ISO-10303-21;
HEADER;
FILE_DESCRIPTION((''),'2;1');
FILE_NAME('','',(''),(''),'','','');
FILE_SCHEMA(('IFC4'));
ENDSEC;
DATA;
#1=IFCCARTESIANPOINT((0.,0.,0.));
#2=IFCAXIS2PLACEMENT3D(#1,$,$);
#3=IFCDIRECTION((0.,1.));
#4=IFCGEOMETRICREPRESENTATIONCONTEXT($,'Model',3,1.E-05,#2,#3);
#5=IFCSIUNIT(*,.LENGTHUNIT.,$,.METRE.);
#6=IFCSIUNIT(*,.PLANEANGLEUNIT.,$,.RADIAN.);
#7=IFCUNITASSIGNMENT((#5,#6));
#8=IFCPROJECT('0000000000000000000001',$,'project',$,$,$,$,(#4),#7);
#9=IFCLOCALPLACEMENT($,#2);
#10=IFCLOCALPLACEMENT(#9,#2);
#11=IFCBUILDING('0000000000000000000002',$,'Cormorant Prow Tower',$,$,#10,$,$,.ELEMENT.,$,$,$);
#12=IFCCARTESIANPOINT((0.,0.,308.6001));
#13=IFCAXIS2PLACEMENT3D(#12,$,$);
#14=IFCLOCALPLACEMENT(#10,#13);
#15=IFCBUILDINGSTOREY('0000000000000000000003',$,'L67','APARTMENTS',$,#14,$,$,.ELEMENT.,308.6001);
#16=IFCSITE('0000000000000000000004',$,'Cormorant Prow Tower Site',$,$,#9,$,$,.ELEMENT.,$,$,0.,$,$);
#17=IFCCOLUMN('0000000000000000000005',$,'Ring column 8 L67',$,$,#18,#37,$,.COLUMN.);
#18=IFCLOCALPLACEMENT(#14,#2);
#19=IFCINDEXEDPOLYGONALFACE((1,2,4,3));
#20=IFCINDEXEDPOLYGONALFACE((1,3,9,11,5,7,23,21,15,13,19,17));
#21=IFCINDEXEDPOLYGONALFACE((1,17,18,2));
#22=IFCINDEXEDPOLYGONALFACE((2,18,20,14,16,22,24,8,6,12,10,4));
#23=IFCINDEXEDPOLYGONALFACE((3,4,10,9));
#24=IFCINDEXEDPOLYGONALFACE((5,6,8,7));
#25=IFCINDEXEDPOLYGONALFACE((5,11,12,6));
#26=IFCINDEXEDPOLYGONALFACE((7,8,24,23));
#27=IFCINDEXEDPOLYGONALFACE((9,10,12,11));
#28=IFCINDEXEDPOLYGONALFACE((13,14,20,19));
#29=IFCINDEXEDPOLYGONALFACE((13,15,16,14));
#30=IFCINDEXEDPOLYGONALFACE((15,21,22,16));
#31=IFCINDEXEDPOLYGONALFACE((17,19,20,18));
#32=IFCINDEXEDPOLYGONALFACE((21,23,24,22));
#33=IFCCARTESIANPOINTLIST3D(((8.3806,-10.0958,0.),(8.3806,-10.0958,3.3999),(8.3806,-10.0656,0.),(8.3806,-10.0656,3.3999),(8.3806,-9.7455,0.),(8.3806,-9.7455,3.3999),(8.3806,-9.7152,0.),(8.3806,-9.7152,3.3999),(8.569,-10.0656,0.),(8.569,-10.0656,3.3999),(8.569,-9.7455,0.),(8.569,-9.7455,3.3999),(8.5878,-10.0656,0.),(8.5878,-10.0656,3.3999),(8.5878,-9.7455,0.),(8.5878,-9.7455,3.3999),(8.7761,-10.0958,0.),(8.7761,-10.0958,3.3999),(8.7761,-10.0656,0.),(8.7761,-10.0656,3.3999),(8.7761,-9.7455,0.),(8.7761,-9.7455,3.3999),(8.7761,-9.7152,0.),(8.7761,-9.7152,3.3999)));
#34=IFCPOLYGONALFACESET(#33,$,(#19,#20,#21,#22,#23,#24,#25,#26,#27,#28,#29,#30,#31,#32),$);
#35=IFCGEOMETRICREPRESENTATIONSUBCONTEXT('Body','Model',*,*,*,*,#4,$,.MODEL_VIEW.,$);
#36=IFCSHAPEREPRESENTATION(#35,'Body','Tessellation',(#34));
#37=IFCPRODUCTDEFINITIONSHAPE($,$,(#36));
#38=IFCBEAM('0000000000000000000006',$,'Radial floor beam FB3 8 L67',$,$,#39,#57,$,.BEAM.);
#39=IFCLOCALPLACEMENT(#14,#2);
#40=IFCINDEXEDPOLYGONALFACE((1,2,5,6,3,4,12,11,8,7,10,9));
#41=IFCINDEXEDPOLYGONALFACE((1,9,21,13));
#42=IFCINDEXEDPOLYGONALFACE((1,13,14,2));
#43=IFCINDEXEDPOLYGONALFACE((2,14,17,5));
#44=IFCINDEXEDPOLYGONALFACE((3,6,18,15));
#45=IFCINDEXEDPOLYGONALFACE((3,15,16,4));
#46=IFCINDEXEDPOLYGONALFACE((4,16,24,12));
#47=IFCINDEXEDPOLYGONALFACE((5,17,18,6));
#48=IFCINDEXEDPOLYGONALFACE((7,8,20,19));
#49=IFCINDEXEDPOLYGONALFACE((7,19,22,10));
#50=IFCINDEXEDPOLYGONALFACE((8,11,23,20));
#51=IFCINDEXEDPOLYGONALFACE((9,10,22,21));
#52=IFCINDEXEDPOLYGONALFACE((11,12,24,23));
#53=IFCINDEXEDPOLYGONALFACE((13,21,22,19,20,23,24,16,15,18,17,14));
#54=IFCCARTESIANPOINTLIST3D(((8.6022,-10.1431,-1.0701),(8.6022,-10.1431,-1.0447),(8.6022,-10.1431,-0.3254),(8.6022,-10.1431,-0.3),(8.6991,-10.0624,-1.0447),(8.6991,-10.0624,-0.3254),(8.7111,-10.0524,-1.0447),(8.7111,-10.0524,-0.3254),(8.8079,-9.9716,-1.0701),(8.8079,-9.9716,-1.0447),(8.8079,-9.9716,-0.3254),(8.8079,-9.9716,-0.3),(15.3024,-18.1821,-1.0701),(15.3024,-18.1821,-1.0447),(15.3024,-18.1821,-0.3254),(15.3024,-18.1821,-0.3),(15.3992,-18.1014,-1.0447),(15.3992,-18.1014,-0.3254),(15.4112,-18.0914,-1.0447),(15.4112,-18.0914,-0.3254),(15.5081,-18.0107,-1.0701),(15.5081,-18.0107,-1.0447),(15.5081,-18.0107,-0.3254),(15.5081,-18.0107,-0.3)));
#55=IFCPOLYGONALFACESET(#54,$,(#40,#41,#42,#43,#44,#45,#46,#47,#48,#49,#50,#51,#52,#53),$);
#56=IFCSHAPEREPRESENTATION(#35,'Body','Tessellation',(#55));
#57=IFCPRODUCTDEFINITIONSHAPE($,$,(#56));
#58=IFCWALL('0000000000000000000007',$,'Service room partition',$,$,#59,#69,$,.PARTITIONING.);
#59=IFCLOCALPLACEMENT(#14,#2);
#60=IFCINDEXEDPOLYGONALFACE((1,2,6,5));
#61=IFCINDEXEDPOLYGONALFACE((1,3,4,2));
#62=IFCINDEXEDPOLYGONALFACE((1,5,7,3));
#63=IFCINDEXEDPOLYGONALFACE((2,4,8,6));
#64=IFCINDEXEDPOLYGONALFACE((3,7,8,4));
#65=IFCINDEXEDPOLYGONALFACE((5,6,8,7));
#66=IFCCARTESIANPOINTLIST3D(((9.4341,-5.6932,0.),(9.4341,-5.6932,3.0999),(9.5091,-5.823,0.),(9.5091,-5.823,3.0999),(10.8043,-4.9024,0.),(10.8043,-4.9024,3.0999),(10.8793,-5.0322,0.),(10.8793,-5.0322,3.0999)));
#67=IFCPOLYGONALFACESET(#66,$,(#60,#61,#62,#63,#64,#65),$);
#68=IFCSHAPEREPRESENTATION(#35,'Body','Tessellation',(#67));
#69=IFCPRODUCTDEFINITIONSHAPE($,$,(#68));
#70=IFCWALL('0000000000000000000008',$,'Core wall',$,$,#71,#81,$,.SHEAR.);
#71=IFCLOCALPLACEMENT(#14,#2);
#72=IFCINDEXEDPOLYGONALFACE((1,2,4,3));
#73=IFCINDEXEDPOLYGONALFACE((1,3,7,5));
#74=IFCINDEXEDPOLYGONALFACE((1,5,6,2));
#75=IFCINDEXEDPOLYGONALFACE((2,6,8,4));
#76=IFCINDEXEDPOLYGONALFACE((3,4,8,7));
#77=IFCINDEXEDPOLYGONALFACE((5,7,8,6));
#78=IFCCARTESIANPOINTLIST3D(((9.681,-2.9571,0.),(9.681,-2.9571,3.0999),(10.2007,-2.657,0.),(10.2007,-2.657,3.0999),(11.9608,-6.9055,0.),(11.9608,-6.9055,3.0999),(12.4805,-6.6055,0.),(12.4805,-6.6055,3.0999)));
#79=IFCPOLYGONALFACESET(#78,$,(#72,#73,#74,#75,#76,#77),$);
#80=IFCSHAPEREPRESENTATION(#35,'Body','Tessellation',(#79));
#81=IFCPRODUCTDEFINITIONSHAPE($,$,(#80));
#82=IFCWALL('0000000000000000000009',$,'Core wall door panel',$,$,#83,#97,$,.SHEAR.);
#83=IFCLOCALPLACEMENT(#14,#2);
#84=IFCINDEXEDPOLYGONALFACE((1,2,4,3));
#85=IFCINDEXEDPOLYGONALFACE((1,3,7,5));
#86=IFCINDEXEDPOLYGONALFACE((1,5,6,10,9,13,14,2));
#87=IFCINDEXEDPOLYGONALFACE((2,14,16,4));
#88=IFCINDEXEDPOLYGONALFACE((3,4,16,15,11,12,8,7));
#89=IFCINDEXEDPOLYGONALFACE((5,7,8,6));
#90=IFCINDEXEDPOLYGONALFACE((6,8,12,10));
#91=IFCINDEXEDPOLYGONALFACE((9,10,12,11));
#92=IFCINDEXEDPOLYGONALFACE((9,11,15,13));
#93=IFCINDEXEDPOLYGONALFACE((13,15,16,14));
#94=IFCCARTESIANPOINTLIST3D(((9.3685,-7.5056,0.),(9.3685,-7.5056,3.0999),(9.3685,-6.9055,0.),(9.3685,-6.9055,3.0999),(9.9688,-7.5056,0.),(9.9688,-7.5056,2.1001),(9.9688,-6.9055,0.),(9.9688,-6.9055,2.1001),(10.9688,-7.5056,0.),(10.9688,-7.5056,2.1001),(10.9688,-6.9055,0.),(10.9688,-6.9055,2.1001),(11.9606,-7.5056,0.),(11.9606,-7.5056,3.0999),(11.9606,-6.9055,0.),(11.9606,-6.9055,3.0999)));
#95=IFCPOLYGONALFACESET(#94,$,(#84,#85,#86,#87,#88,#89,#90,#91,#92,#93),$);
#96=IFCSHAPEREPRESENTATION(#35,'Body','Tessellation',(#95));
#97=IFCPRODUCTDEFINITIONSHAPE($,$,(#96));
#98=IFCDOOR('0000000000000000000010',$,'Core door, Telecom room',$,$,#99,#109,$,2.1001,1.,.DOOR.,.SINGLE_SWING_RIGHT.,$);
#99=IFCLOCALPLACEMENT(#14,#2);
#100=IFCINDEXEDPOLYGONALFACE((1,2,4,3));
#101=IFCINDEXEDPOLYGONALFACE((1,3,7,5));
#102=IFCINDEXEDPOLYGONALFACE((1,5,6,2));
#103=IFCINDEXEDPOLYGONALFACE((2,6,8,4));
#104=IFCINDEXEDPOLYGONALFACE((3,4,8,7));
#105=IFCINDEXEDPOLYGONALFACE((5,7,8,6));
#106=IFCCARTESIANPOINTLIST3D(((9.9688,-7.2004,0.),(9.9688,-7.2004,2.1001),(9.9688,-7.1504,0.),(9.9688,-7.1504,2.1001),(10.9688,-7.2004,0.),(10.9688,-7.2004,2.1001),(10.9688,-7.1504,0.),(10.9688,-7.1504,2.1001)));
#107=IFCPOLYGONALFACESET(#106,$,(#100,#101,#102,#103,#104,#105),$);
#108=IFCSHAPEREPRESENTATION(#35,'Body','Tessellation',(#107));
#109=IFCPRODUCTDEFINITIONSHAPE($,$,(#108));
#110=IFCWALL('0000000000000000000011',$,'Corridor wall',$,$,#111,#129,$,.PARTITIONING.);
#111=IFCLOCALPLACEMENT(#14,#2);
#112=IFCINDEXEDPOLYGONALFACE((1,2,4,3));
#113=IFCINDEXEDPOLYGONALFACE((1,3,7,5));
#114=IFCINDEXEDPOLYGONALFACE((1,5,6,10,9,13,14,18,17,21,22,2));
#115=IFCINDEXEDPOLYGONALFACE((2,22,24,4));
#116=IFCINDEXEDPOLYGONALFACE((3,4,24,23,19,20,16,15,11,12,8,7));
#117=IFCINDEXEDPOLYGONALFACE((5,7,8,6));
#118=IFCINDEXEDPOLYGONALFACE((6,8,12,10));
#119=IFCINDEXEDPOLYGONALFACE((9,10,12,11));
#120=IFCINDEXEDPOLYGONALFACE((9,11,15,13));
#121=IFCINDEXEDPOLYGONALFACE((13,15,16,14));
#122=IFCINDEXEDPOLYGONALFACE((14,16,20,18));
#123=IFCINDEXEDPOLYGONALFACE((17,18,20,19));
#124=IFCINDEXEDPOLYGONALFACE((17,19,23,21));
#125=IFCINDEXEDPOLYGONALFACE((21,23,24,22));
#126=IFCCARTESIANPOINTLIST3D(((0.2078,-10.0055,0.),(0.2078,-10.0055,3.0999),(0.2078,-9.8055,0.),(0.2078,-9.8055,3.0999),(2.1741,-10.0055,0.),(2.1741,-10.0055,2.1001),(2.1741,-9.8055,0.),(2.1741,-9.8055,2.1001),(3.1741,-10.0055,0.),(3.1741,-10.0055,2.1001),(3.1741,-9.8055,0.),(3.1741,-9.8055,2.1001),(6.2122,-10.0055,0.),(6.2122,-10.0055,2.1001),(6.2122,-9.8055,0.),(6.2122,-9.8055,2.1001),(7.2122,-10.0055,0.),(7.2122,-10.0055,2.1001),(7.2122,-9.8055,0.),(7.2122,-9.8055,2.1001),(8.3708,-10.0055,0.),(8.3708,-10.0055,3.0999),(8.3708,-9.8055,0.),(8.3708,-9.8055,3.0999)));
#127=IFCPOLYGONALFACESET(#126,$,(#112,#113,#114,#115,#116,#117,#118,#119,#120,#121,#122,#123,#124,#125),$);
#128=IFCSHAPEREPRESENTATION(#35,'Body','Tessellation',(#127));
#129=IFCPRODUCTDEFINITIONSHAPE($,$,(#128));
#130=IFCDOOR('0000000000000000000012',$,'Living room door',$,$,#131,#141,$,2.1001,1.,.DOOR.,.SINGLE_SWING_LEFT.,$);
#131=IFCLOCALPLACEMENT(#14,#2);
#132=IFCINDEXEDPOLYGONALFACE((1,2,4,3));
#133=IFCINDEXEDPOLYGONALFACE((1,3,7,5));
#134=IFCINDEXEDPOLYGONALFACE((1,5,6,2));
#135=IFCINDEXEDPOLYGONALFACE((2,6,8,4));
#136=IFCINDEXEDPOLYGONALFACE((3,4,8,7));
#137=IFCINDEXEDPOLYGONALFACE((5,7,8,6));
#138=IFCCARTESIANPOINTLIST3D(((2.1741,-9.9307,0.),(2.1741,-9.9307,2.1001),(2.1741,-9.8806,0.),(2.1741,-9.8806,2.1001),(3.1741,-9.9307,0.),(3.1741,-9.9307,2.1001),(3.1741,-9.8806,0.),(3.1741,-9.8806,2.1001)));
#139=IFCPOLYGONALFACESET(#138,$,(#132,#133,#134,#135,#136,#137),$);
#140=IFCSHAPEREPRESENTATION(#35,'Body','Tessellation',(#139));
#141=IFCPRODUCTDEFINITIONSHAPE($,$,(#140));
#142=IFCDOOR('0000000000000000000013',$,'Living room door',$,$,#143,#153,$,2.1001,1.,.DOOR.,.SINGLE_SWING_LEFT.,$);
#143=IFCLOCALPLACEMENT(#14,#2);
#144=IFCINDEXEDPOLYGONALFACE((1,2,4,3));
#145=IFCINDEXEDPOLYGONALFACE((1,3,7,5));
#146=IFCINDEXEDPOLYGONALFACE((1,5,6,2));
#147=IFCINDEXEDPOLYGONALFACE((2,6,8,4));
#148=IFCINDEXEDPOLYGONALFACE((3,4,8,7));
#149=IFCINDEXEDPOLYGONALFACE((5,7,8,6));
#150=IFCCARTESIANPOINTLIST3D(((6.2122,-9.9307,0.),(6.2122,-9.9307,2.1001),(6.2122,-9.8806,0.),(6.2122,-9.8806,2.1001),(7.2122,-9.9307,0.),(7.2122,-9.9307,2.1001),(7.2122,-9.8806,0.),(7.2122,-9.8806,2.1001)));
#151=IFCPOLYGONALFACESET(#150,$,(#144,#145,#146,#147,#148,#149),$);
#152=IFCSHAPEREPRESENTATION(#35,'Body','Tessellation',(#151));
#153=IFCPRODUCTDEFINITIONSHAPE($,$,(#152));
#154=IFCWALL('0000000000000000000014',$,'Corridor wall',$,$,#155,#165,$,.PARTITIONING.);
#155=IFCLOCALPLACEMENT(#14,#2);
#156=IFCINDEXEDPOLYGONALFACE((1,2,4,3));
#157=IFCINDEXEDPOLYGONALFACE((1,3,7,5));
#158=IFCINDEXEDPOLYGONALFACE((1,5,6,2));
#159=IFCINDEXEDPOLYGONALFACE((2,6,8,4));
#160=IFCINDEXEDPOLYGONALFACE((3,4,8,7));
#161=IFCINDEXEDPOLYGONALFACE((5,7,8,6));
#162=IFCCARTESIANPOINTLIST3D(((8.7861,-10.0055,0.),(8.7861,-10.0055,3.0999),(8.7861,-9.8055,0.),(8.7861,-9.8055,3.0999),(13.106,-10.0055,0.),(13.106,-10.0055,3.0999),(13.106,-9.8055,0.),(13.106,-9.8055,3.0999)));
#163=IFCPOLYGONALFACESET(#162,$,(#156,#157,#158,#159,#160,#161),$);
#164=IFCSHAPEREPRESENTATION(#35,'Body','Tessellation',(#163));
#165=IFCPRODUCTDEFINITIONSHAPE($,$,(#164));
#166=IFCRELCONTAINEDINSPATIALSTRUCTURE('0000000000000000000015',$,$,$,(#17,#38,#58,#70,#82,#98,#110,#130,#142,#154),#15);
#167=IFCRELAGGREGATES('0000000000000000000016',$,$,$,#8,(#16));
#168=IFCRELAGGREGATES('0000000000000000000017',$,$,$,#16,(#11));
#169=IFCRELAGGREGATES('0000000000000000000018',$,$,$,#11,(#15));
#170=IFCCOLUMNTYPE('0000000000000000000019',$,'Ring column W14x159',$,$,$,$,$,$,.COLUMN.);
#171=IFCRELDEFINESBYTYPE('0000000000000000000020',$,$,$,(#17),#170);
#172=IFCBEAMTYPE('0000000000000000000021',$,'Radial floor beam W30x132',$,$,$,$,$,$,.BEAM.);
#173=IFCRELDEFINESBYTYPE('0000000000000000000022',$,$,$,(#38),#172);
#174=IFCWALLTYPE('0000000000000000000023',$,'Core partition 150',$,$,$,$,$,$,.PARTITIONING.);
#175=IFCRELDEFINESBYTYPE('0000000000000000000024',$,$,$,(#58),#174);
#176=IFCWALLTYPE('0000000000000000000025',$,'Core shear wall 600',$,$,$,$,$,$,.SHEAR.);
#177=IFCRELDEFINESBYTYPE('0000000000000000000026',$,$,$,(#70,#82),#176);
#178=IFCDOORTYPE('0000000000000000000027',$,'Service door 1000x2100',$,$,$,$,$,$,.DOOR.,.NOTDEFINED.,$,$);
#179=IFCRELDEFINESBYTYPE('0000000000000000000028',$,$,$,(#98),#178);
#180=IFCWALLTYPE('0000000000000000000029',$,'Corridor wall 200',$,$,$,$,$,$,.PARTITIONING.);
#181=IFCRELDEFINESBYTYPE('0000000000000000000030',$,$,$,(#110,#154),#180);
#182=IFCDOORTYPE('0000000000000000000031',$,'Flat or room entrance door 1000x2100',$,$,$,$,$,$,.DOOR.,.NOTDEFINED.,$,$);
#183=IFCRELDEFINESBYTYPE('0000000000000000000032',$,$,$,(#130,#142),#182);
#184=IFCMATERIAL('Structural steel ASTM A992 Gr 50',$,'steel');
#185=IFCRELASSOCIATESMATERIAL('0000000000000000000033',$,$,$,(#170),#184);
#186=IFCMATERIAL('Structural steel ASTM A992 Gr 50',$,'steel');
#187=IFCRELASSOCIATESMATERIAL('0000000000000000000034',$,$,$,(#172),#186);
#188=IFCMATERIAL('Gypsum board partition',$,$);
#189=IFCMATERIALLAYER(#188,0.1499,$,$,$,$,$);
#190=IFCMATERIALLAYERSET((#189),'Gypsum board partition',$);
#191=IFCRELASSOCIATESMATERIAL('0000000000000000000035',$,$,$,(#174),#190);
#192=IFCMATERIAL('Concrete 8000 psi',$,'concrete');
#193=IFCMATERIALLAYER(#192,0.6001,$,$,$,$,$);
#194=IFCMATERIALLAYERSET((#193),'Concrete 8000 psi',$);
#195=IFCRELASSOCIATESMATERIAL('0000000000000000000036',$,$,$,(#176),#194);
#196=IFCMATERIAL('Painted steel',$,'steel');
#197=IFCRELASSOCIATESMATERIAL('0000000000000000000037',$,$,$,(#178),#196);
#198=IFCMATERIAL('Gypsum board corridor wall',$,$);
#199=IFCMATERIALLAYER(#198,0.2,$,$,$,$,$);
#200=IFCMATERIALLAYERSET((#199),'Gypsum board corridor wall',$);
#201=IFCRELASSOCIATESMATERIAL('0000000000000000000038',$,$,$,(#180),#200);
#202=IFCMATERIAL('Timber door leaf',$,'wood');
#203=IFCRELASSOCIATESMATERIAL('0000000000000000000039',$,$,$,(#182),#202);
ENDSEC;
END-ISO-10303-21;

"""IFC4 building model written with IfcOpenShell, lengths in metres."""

from ifc_helpers import new_model, si_unit, direction, frame, frame_2d, origin, origin_2d, place, context, subcontext, project, spatial, rectangle, i_section, extrude, material, layer, layer_set, material_profile, profile_set, type_object, element, fill, save


model = new_model("IFC4")

# Units and contexts
model_context = context("Model", 3, precision=1e-05, world=origin(), true_north=direction((0.0, 1.0)))
body_context = subcontext(model_context, "Body", "Model", "MODEL_VIEW")
ifc_project = project(units=[si_unit("LENGTHUNIT", "METRE"), si_unit("PLANEANGLEUNIT", "RADIAN")], contexts=[model_context])

# Site, building, storey
site_placement = place(None, origin())
site = spatial("IfcSite", under=ifc_project, at=site_placement, Name="Cormorant Prow Tower Site", CompositionType="ELEMENT", RefElevation=0.0)
building_placement = place(site_placement, origin())
building = spatial("IfcBuilding", under=site, at=building_placement, Name="Cormorant Prow Tower", CompositionType="ELEMENT")
storey_placement = place(building_placement, frame((0.0, 0.0, 308.6001)))
storey = spatial("IfcBuildingStorey", under=building, at=storey_placement, Name="L67", Description="APARTMENTS", CompositionType="ELEMENT", Elevation=308.6001)

# Column
ifc_material_1 = material(Name="Structural steel ASTM A992 Gr 50", Category="steel")
ifc_material_profile_1 = material_profile(ifc_material_1, i_section(OverallWidth=0.3955, OverallDepth=0.3806, WebThickness=0.0188, FlangeThickness=0.0303, at=origin_2d()), Name="W14x159")
ifc_profile_set_1 = profile_set([ifc_material_profile_1], Name="Structural steel ASTM A992 Gr 50")
column_type = type_object("IfcColumnType", Name="Ring column W14x159", PredefinedType="COLUMN", material=ifc_profile_set_1)
column_placement = place(storey_placement, frame((8.5784, -9.9055, 0.0), z_axis=(0.0, 0.0, 1.0), x_axis=(1.0, 0.0, 0.0)))
element("IfcColumn", 1, at=column_placement, inside=storey, type_object=column_type, Name="Ring column 8 L67", PredefinedType="COLUMN", context=body_context, shape_type="SweptSolid", body=[
    extrude(i_section(OverallWidth=0.3955, OverallDepth=0.3806, WebThickness=0.0188, FlangeThickness=0.0303, at=origin_2d()), origin(), (0.0, 0.0, 1.0), 3.3999),
])

# Beam
ifc_material_2 = material(Name="Structural steel ASTM A992 Gr 50", Category="steel")
ifc_material_profile_2 = material_profile(ifc_material_2, i_section(OverallWidth=0.2678, OverallDepth=0.77, WebThickness=0.0156, FlangeThickness=0.0254, at=origin_2d()), Name="W30x132")
ifc_profile_set_2 = profile_set([ifc_material_profile_2], Name="Structural steel ASTM A992 Gr 50")
beam_type = type_object("IfcBeamType", Name="Radial floor beam W30x132", PredefinedType="BEAM", material=ifc_profile_set_2)
beam_placement = place(storey_placement, frame((8.7051, -10.0574, -0.6851), z_axis=(0.640239, -0.768175, 0.0), x_axis=(0.768175, 0.640239, 0.0)))
element("IfcBeam", 2, at=beam_placement, inside=storey, type_object=beam_type, Name="Radial floor beam FB3 8 L67", PredefinedType="BEAM", context=body_context, shape_type="SweptSolid", body=[
    extrude(i_section(OverallWidth=0.2678, OverallDepth=0.77, WebThickness=0.0156, FlangeThickness=0.0254, at=origin_2d()), origin(), (0.0, 0.0, 1.0), 10.4651),
])

# Walls
ifc_material_3 = material(Name="Gypsum board partition")
ifc_layer_1 = layer(ifc_material_3, 0.1499)
ifc_layer_set_1 = layer_set([ifc_layer_1], Name="Gypsum board partition")
wall_type_1 = type_object("IfcWallType", Name="Core partition 150", PredefinedType="PARTITIONING", material=ifc_layer_set_1)
wall_1_placement = place(storey_placement, frame((10.8418, -4.9673, 0.0), z_axis=(0.0, 0.0, 1.0), x_axis=(-0.866098, -0.499874, 0.0)))
element("IfcWall", 3, at=wall_1_placement, inside=storey, type_object=wall_type_1, Name="Service room partition", PredefinedType="PARTITIONING", context=body_context, shape_type="SweptSolid", body=[
    extrude(rectangle(XDim=1.582, YDim=0.1499, at=frame_2d((0.791, 0.0))), origin(), (0.0, 0.0, 1.0), 3.0999),
])
ifc_material_4 = material(Name="Concrete 8000 psi", Category="concrete")
ifc_layer_2 = layer(ifc_material_4, 0.6001)
ifc_layer_set_2 = layer_set([ifc_layer_2], Name="Concrete 8000 psi")
wall_type_2 = type_object("IfcWallType", Name="Core shear wall 600", PredefinedType="SHEAR", material=ifc_layer_set_2)
wall_2_placement = place(storey_placement, frame((12.2207, -6.7556, 0.0), z_axis=(0.0, 0.0, 1.0), x_axis=(-0.500021, 0.866013, 0.0)))
element("IfcWall", 4, at=wall_2_placement, inside=storey, type_object=wall_type_2, Name="Core wall", PredefinedType="SHEAR", context=body_context, shape_type="SweptSolid", body=[
    extrude(rectangle(XDim=4.5593, YDim=0.6001, at=frame_2d((2.2798, 0.0))), origin(), (0.0, 0.0, 1.0), 3.0999),
])

# Wall, opening, door
wall_3_placement = place(storey_placement, frame((9.3687, -7.2056, 0.0), z_axis=(0.0, 0.0, 1.0), x_axis=(1.0, 0.0, 0.0)))
wall_3 = element("IfcWall", 5, at=wall_3_placement, inside=storey, type_object=wall_type_2, Name="Core wall door panel", PredefinedType="SHEAR", context=body_context, shape_type="SweptSolid", body=[
    extrude(rectangle(XDim=2.592, YDim=0.6001, at=frame_2d((1.2959, 0.0))), origin(), (0.0, 0.0, 1.0), 3.0999),
])
opening_1_placement = place(wall_3_placement, frame((0.6001, 0.0, 0.0)))
opening_1 = element("IfcOpeningElement", 6, at=opening_1_placement, cuts=wall_3, PredefinedType="OPENING", context=body_context, shape_type="SweptSolid", body=[
    extrude(rectangle(XDim=1.0, YDim=2.1001, at=frame_2d((0.5, 1.05))), frame((0.0, 0.3101, 0.0), z_axis=(0.0, -1.0, 0.0), x_axis=(1.0, 0.0, 0.0)), (0.0, 0.0, 1.0), 0.6201),
])
ifc_material_5 = material(Name="Painted steel", Category="steel")
door_type_1 = type_object("IfcDoorType", Name="Service door 1000x2100", OperationType="NOTDEFINED", PredefinedType="DOOR", material=ifc_material_5)
door_1_placement = place(opening_1_placement, origin())
door_1 = element("IfcDoor", 7, at=door_1_placement, inside=storey, type_object=door_type_1, Name="Core door, Telecom room", OperationType="SINGLE_SWING_RIGHT", OverallHeight=2.1001, OverallWidth=1.0, PredefinedType="DOOR", context=body_context, shape_type="SweptSolid", body=[
    extrude(rectangle(XDim=1.0, YDim=2.1001, at=frame_2d((0.5, 1.05))), frame((0.0, 0.0552, 0.0), z_axis=(0.0, -1.0, 0.0), x_axis=(1.0, 0.0, 0.0)), (0.0, 0.0, 1.0), 0.05),
])
fill(opening_1, door_1)

# Wall, openings, doors
ifc_material_6 = material(Name="Gypsum board corridor wall")
ifc_layer_3 = layer(ifc_material_6, 0.2)
ifc_layer_set_3 = layer_set([ifc_layer_3], Name="Gypsum board corridor wall")
wall_type_3 = type_object("IfcWallType", Name="Corridor wall 200", PredefinedType="PARTITIONING", material=ifc_layer_set_3)
wall_4_placement = place(storey_placement, frame((0.2078, -9.9055, 0.0), z_axis=(0.0, 0.0, 1.0), x_axis=(1.0, 0.0, 0.0)))
wall_4 = element("IfcWall", 8, at=wall_4_placement, inside=storey, type_object=wall_type_3, Name="Corridor wall", PredefinedType="PARTITIONING", context=body_context, shape_type="SweptSolid", body=[
    extrude(rectangle(XDim=8.1631, YDim=0.2, at=frame_2d((4.0815, 0.0))), origin(), (0.0, 0.0, 1.0), 3.0999),
])
opening_2_placement = place(wall_4_placement, frame((1.9663, 0.0, 0.0)))
opening_2 = element("IfcOpeningElement", 9, at=opening_2_placement, cuts=wall_4, PredefinedType="OPENING", context=body_context, shape_type="SweptSolid", body=[
    extrude(rectangle(XDim=1.0, YDim=2.1001, at=frame_2d((0.5, 1.05))), frame((0.0, 0.1099, 0.0), z_axis=(0.0, -1.0, 0.0), x_axis=(1.0, 0.0, 0.0)), (0.0, 0.0, 1.0), 0.22),
])
opening_3_placement = place(wall_4_placement, frame((6.0044, 0.0, 0.0)))
opening_3 = element("IfcOpeningElement", 10, at=opening_3_placement, cuts=wall_4, PredefinedType="OPENING", context=body_context, shape_type="SweptSolid", body=[
    extrude(rectangle(XDim=1.0, YDim=2.1001, at=frame_2d((0.5, 1.05))), frame((0.0, 0.1099, 0.0), z_axis=(0.0, -1.0, 0.0), x_axis=(1.0, 0.0, 0.0)), (0.0, 0.0, 1.0), 0.22),
])
ifc_material_7 = material(Name="Timber door leaf", Category="wood")
door_type_2 = type_object("IfcDoorType", Name="Flat or room entrance door 1000x2100", OperationType="NOTDEFINED", PredefinedType="DOOR", material=ifc_material_7)
door_2_placement = place(opening_2_placement, origin())
door_2 = element("IfcDoor", 11, at=door_2_placement, inside=storey, type_object=door_type_2, Name="Living room door", OperationType="SINGLE_SWING_LEFT", OverallHeight=2.1001, OverallWidth=1.0, PredefinedType="DOOR", context=body_context, shape_type="SweptSolid", body=[
    extrude(rectangle(XDim=1.0, YDim=2.1001, at=frame_2d((0.5, 1.05))), frame((0.0, 0.0249, 0.0), z_axis=(0.0, -1.0, 0.0), x_axis=(1.0, 0.0, 0.0)), (0.0, 0.0, 1.0), 0.05),
])
fill(opening_2, door_2)
door_3_placement = place(opening_3_placement, origin())
door_3 = element("IfcDoor", 12, at=door_3_placement, inside=storey, type_object=door_type_2, Name="Living room door", OperationType="SINGLE_SWING_LEFT", OverallHeight=2.1001, OverallWidth=1.0, PredefinedType="DOOR", context=body_context, shape_type="SweptSolid", body=[
    extrude(rectangle(XDim=1.0, YDim=2.1001, at=frame_2d((0.5, 1.05))), frame((0.0, 0.0249, 0.0), z_axis=(0.0, -1.0, 0.0), x_axis=(1.0, 0.0, 0.0)), (0.0, 0.0, 1.0), 0.05),
])
fill(opening_3, door_3)

# Wall
wall_5_placement = place(storey_placement, frame((8.7861, -9.9055, 0.0), z_axis=(0.0, 0.0, 1.0), x_axis=(1.0, 0.0, 0.0)))
element("IfcWall", 13, at=wall_5_placement, inside=storey, type_object=wall_type_3, Name="Corridor wall", PredefinedType="PARTITIONING", context=body_context, shape_type="SweptSolid", body=[
    extrude(rectangle(XDim=4.3198, YDim=0.2, at=frame_2d((2.1599, 0.0))), origin(), (0.0, 0.0, 1.0), 3.0999),
])

save(model, "model.ifc")
